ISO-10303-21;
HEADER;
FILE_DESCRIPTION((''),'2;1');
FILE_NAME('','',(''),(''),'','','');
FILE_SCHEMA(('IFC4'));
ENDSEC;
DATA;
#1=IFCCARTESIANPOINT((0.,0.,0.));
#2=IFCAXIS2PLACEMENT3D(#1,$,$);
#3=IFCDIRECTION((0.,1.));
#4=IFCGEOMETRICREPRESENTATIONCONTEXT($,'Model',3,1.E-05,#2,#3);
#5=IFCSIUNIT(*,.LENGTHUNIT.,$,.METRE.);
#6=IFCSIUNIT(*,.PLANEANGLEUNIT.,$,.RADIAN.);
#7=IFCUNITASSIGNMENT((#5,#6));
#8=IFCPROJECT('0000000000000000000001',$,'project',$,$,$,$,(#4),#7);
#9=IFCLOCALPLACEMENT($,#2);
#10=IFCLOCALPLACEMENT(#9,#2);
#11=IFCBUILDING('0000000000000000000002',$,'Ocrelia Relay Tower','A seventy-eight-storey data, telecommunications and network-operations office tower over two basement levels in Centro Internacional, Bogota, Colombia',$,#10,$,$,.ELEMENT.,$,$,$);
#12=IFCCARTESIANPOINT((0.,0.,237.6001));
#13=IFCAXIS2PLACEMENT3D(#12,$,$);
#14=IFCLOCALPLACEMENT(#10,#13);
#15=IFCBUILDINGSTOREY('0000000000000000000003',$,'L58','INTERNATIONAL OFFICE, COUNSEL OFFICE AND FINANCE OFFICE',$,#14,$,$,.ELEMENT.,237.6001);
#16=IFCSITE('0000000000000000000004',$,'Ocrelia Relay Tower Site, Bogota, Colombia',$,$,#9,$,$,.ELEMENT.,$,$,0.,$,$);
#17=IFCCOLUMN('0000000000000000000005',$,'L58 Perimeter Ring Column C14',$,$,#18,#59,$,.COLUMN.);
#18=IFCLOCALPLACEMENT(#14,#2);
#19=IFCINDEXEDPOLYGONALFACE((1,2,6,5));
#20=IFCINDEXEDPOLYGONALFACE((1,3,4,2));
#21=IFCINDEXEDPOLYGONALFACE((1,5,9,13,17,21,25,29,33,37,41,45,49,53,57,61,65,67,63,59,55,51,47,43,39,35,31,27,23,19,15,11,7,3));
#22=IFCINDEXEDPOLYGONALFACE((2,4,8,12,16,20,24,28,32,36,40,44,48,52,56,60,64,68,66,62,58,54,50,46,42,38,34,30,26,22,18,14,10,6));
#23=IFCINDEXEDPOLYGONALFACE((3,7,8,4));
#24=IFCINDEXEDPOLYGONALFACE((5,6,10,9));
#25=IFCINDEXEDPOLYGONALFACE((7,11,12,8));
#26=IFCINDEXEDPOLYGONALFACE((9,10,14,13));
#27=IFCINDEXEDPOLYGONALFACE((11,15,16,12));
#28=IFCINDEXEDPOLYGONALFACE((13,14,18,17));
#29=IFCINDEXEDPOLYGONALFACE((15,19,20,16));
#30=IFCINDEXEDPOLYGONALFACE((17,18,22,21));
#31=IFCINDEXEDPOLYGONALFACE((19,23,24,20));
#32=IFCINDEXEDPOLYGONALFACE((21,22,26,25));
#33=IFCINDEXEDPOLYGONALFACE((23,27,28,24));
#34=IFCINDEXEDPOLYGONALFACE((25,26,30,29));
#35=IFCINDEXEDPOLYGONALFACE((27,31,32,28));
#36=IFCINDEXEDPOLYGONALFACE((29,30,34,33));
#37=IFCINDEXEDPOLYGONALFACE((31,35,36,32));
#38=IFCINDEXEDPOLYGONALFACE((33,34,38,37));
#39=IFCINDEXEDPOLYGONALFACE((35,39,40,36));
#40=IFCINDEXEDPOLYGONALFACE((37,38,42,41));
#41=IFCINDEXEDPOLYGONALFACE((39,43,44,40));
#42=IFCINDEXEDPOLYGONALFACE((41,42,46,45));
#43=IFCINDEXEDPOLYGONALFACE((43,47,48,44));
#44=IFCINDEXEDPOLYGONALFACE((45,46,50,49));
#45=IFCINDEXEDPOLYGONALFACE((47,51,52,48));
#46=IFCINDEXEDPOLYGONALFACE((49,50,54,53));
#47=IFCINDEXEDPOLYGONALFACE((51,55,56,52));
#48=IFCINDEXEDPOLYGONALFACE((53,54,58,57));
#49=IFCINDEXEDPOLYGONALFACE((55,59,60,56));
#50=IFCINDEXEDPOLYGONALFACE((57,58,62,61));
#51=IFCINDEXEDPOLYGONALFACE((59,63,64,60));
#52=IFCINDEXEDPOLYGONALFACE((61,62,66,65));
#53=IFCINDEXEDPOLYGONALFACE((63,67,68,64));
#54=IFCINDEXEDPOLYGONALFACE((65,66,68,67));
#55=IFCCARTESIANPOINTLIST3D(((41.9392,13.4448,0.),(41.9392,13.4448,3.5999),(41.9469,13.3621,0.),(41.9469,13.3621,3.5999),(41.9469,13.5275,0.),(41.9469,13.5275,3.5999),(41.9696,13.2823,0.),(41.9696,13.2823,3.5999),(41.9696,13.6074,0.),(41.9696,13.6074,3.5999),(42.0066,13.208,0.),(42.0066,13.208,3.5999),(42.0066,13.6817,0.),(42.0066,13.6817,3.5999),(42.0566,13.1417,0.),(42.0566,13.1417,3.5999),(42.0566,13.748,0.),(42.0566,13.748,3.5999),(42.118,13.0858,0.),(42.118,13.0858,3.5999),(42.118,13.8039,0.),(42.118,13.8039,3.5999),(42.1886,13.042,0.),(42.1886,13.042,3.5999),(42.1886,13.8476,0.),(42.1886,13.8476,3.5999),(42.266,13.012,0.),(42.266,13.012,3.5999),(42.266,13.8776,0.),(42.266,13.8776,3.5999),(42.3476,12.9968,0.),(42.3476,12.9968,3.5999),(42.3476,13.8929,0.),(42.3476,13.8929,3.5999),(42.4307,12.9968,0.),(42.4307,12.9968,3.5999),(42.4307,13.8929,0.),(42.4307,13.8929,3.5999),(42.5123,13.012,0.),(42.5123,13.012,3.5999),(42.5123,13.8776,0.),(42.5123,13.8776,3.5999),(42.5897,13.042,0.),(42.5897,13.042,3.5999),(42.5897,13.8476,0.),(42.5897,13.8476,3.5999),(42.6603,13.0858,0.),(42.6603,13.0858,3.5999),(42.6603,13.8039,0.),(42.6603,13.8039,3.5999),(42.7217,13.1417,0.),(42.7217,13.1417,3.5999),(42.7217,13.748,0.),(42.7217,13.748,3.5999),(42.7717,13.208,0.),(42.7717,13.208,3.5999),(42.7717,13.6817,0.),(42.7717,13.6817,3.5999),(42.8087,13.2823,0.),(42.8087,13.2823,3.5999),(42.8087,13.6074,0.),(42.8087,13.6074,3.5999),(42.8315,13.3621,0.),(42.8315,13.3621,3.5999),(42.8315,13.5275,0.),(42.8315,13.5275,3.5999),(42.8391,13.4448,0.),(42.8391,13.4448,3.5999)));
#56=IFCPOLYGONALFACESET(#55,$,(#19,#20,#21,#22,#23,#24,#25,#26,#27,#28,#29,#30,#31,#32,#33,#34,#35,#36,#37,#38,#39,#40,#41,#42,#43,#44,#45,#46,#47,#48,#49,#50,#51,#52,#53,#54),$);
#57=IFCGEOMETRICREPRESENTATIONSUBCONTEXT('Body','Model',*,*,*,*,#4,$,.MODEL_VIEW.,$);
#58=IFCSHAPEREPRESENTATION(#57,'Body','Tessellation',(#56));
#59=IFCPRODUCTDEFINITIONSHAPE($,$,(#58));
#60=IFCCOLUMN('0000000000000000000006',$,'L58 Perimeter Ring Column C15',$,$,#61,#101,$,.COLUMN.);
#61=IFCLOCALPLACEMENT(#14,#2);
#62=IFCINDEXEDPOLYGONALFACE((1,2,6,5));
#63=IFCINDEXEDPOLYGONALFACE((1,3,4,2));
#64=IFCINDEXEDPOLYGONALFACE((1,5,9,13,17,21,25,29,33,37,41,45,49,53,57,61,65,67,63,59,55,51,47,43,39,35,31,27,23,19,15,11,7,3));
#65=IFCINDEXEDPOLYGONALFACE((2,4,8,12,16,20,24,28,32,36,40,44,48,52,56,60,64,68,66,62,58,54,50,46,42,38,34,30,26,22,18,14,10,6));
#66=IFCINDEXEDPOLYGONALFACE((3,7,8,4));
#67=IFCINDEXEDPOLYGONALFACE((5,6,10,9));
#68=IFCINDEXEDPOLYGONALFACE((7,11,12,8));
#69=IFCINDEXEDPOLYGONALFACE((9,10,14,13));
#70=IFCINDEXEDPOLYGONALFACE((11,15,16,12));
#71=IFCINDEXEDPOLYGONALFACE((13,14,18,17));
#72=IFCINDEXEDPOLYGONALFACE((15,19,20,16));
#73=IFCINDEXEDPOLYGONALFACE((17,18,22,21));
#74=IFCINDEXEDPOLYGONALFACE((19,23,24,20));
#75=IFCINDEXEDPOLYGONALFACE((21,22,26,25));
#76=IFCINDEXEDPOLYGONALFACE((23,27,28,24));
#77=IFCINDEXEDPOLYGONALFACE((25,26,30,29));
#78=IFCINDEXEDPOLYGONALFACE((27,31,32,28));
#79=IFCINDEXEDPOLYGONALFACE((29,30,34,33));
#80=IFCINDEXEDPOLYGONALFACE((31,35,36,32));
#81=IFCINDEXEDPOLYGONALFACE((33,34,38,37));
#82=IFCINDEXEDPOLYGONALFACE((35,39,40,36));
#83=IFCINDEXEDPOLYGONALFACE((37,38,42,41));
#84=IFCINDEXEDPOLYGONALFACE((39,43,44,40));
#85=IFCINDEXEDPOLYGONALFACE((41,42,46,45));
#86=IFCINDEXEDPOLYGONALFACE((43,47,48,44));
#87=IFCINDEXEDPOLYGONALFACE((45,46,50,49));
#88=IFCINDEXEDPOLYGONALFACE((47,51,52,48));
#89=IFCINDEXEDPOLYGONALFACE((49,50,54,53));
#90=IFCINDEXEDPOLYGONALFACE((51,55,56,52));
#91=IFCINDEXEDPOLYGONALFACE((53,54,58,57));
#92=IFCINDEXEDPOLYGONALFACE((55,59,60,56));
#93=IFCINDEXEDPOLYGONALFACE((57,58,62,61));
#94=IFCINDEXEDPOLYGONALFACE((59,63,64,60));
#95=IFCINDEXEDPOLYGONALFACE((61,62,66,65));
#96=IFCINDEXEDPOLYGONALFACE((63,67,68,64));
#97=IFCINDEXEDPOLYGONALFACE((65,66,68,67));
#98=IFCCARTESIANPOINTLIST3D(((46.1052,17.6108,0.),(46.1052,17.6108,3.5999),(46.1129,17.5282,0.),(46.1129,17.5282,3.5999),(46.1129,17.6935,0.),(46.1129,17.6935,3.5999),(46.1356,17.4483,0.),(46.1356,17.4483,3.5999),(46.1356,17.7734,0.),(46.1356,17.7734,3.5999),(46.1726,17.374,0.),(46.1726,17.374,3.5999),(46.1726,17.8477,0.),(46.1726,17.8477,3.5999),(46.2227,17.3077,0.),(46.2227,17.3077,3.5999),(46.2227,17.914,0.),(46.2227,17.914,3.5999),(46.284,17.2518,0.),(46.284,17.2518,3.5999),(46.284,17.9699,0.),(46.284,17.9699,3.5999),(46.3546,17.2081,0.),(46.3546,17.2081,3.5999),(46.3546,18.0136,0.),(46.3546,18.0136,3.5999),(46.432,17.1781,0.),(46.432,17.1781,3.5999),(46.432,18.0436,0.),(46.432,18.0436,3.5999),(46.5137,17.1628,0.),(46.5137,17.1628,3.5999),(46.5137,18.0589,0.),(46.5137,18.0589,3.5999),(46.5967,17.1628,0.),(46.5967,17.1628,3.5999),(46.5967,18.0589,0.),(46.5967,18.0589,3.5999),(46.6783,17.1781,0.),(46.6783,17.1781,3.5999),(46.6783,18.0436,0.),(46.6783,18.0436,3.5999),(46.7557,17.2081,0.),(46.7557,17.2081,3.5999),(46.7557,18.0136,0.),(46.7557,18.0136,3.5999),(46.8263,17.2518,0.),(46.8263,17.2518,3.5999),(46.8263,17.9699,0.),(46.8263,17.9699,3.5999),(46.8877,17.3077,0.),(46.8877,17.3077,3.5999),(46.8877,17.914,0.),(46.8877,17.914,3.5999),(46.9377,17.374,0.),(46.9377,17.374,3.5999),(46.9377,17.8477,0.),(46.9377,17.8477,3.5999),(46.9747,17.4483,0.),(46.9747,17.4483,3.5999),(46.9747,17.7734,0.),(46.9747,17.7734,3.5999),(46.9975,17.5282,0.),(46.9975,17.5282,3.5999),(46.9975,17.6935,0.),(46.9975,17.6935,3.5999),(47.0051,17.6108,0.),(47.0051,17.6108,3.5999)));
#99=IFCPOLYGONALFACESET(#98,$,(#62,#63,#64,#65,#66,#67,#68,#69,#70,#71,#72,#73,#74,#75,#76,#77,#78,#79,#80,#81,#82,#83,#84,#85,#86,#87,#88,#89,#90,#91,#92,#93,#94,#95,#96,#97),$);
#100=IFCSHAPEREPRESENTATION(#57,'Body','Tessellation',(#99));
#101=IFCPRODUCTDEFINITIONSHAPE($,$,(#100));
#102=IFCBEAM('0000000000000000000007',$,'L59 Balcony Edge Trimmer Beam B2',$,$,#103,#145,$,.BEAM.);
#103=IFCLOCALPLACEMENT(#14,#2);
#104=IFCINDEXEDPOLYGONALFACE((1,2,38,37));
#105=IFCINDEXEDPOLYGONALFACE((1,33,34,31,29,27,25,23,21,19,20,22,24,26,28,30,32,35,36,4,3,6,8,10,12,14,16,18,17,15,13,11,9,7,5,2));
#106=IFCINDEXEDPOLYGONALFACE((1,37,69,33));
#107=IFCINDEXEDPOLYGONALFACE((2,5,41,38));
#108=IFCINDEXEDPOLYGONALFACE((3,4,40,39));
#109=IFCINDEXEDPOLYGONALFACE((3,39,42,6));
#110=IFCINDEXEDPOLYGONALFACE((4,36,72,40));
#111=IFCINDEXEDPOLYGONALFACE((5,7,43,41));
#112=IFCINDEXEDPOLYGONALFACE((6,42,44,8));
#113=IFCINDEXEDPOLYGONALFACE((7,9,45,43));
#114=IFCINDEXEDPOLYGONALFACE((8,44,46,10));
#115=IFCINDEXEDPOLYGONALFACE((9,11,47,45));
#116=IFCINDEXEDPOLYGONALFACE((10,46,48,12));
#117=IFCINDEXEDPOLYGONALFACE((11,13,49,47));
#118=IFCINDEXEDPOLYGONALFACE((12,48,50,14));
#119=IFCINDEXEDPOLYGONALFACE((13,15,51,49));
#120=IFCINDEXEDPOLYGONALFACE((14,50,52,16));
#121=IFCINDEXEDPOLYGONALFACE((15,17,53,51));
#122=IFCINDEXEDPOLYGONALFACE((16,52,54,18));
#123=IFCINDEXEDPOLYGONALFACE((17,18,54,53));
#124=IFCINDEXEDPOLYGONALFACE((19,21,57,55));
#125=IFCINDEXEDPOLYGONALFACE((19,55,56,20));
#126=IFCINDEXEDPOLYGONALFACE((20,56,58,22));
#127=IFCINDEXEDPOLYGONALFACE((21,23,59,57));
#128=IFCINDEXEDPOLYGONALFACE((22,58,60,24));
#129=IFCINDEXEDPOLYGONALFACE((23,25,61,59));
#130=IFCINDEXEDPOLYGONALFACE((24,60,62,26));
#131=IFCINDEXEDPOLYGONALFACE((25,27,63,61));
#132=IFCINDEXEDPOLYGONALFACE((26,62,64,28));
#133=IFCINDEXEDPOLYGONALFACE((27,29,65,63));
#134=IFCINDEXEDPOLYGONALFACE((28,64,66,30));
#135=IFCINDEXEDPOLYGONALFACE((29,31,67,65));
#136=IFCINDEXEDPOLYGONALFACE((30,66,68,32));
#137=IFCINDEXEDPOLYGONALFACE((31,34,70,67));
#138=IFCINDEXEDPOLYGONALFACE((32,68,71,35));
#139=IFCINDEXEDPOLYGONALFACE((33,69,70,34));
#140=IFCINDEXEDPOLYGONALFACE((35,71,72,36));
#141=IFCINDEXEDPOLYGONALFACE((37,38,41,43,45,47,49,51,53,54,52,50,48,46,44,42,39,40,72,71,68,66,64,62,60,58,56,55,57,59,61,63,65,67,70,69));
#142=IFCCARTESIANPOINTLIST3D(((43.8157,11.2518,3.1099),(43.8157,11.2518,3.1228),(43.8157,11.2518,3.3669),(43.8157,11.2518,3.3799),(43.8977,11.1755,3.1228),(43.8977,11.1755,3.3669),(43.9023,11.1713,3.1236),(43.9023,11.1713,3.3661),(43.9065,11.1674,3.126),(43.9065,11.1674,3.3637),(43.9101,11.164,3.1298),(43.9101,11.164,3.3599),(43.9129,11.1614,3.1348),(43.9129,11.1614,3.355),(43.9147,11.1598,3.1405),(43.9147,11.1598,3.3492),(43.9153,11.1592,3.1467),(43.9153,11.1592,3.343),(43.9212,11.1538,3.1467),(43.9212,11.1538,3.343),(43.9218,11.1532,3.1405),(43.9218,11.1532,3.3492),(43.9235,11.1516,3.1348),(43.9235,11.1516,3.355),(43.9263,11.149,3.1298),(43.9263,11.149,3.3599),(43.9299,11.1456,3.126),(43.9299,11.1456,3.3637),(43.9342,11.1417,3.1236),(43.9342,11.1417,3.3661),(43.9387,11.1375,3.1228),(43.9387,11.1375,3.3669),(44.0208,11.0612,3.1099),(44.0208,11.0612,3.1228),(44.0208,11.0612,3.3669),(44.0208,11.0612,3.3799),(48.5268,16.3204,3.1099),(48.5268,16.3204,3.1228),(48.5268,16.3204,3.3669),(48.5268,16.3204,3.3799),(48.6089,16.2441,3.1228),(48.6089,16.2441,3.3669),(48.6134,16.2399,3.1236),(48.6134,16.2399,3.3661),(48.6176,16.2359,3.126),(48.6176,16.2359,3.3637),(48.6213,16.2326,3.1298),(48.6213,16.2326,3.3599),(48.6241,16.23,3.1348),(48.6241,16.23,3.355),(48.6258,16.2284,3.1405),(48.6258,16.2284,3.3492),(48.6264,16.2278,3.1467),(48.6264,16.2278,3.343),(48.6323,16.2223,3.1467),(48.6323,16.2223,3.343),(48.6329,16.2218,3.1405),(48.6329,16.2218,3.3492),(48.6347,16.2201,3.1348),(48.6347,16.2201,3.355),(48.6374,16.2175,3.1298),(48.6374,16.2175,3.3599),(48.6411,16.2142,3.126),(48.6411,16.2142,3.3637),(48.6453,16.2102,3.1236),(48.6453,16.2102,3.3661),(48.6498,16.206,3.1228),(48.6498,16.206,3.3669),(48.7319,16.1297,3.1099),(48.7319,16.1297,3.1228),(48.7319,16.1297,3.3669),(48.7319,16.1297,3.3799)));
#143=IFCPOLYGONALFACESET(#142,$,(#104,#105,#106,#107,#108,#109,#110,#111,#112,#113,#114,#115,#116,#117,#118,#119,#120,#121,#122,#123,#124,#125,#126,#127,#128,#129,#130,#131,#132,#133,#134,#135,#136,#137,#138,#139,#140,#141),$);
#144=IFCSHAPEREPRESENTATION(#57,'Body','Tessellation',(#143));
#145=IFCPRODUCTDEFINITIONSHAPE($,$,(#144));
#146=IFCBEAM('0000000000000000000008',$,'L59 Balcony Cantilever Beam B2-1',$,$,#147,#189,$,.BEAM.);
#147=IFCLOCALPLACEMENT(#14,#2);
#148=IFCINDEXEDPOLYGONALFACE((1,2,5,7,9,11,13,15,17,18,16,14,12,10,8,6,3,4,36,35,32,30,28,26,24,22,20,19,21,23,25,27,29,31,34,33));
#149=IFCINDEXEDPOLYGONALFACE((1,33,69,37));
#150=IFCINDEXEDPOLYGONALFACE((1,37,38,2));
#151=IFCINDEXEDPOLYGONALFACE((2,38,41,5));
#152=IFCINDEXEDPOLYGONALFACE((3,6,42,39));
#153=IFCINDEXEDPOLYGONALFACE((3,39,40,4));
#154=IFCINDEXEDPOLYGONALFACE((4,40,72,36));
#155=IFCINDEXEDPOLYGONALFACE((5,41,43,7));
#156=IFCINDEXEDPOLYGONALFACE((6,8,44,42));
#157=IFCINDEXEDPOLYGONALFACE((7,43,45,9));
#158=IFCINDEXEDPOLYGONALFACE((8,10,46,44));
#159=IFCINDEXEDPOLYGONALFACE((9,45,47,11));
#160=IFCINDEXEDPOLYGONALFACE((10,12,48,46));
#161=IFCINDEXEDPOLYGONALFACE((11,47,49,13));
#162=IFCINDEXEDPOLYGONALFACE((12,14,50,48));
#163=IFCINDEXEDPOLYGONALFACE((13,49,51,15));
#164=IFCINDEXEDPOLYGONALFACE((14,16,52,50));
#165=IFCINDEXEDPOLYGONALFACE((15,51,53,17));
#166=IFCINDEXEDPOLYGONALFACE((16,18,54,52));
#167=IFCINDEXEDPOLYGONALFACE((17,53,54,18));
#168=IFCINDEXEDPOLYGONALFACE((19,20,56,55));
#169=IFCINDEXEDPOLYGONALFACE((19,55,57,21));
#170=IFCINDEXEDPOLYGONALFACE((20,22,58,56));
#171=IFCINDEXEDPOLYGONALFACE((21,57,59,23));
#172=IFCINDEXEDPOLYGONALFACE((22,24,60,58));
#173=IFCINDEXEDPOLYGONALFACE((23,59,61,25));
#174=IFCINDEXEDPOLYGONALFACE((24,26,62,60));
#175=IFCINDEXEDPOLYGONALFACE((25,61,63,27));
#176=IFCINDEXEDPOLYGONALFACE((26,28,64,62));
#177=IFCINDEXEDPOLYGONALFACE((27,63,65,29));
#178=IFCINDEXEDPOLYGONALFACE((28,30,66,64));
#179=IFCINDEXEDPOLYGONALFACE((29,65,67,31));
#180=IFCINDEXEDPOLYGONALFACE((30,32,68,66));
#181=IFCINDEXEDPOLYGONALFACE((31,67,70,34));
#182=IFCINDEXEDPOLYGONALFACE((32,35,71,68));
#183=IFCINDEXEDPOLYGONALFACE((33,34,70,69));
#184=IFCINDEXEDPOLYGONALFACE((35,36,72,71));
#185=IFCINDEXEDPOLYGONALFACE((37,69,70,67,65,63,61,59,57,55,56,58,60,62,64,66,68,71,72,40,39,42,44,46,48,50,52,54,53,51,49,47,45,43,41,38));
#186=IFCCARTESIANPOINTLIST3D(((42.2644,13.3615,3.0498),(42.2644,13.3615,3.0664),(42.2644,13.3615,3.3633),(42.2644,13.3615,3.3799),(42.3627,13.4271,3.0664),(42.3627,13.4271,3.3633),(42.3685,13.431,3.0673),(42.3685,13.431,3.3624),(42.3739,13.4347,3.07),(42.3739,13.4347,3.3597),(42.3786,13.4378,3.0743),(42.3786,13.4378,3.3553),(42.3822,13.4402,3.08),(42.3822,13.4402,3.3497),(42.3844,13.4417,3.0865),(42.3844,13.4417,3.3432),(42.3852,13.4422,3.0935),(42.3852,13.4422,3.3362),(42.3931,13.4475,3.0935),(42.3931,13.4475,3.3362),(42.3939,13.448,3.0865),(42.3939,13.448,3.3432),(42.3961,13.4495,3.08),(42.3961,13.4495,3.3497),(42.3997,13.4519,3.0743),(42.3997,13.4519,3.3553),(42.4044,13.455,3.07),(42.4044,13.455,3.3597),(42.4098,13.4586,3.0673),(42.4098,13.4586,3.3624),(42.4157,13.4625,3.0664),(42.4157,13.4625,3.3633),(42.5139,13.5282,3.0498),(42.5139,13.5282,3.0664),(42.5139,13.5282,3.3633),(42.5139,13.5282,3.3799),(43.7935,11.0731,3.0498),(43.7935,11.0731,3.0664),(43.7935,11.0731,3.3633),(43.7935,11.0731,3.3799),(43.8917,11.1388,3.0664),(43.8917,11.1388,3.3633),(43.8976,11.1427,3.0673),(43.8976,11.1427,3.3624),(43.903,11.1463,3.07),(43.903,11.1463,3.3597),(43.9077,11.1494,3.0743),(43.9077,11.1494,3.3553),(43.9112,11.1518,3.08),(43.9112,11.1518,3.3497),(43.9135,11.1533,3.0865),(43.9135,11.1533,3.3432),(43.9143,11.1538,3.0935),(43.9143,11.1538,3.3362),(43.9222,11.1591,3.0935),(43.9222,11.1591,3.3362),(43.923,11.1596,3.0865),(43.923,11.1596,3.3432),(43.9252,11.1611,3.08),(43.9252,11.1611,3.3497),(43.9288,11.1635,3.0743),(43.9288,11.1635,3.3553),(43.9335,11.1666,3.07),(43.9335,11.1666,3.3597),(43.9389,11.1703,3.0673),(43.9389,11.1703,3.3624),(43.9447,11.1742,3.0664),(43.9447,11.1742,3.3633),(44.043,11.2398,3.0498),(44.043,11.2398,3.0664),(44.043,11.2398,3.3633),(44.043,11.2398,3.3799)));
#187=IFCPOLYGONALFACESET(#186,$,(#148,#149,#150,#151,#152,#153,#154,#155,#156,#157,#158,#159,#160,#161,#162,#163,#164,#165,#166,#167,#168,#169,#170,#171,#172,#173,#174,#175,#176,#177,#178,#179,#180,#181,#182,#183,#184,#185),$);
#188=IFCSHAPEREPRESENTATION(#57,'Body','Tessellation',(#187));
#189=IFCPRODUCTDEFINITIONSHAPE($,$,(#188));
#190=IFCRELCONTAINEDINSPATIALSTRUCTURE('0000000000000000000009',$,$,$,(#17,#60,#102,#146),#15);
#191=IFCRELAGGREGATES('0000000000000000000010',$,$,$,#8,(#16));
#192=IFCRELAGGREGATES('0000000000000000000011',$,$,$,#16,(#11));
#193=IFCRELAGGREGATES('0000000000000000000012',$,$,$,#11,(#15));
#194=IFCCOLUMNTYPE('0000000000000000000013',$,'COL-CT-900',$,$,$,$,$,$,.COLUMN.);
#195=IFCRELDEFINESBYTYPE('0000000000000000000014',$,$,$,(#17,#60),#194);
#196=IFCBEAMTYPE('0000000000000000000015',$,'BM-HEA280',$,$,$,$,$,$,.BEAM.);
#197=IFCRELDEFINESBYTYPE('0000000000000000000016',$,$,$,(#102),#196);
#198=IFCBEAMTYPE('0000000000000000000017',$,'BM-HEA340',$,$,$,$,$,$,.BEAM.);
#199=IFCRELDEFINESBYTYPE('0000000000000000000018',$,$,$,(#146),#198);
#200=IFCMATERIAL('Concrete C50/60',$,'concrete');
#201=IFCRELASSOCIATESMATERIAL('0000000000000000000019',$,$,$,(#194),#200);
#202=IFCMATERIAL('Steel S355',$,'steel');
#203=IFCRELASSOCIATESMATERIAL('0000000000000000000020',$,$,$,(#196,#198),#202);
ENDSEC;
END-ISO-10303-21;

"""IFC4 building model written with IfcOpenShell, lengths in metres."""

from ifc_helpers import new_model, si_unit, direction, frame, origin, origin_2d, place, context, subcontext, project, spatial, circle, i_section, extrude, material, material_profile, profile_set, type_object, element, save


model = new_model("IFC4")

# Units and contexts
model_context = context("Model", 3, precision=1e-05, world=origin(), true_north=direction((0.0, 1.0)))
body_context = subcontext(model_context, "Body", "Model", "MODEL_VIEW")
ifc_project = project(units=[si_unit("LENGTHUNIT", "METRE"), si_unit("PLANEANGLEUNIT", "RADIAN")], contexts=[model_context])

# Site, building, storey
site_placement = place(None, origin())
site = spatial("IfcSite", under=ifc_project, at=site_placement, Name="Ocrelia Relay Tower Site, Bogota, Colombia", CompositionType="ELEMENT", RefElevation=0.0)
building_placement = place(site_placement, origin())
building = spatial("IfcBuilding", under=site, at=building_placement, Name="Ocrelia Relay Tower", Description="A seventy-eight-storey data, telecommunications and network-operations office tower over two basement levels in Centro Internacional, Bogota, Colombia", CompositionType="ELEMENT")
storey_placement = place(building_placement, frame((0.0, 0.0, 237.6001)))
storey = spatial("IfcBuildingStorey", under=building, at=storey_placement, Name="L58", Description="INTERNATIONAL OFFICE, COUNSEL OFFICE AND FINANCE OFFICE", CompositionType="ELEMENT", Elevation=237.6001)

# Columns
ifc_material_1 = material(Name="Concrete C50/60", Category="concrete")
ifc_material_profile_1 = material_profile(ifc_material_1, circle(Radius=0.45, at=origin_2d()), Name="RC-CIR-900")
ifc_profile_set_1 = profile_set([ifc_material_profile_1], Name="Concrete C50/60")
column_type = type_object("IfcColumnType", Name="COL-CT-900", PredefinedType="COLUMN", material=ifc_profile_set_1)
for number, where, z_axis, x_axis, name in (
    (1, (42.3892, 13.4448, 0.0), (0.0, 0.0, 1.0), (1.0, 0.0, 0.0), "L58 Perimeter Ring Column C14"),
    (2, (46.5552, 17.6108, 0.0), (0.0, 0.0, 1.0), (1.0, 0.0, 0.0), "L58 Perimeter Ring Column C15"),
):
    element("IfcColumn", number, at=place(storey_placement, frame(where, z_axis=z_axis, x_axis=x_axis)), inside=storey, type_object=column_type, Name=name, PredefinedType="COLUMN", context=body_context, shape_type="SweptSolid", body=[
        extrude(circle(Radius=0.45, at=origin_2d()), origin(), (0.0, 0.0, 1.0), 3.5999),
    ])

# Beams
ifc_material_2 = material(Name="Steel S355", Category="steel")
ifc_material_profile_2 = material_profile(ifc_material_2, i_section(OverallWidth=0.28, OverallDepth=0.27, WebThickness=0.0081, FlangeThickness=0.0129, FilletRadius=0.0239, at=origin_2d()), Name="HEA 280")
ifc_profile_set_2 = profile_set([ifc_material_profile_2], Name="Steel S355")
beam_type_1 = type_object("IfcBeamType", Name="BM-HEA280", PredefinedType="BEAM", material=ifc_profile_set_2)
beam_1_placement = place(storey_placement, frame((43.9182, 11.1565, 3.2449), z_axis=(0.68081, 0.73246, 0.0), x_axis=(-0.73246, 0.68081, 0.0)))
element("IfcBeam", 3, at=beam_1_placement, inside=storey, type_object=beam_type_1, Name="L59 Balcony Edge Trimmer Beam B2", PredefinedType="BEAM", context=body_context, shape_type="SweptSolid", body=[
    extrude(i_section(OverallWidth=0.28, OverallDepth=0.27, WebThickness=0.0081, FlangeThickness=0.0129, FilletRadius=0.0239, at=origin_2d()), origin(), (0.0, 0.0, 1.0), 6.9199),
])
ifc_material_profile_3 = material_profile(ifc_material_2, i_section(OverallWidth=0.3, OverallDepth=0.3301, WebThickness=0.0095, FlangeThickness=0.0166, FilletRadius=0.0271, at=origin_2d()), Name="HEA 340")
ifc_profile_set_3 = profile_set([ifc_material_profile_3], Name="Steel S355")
beam_type_2 = type_object("IfcBeamType", Name="BM-HEA340", PredefinedType="BEAM", material=ifc_profile_set_3)
beam_2_placement = place(storey_placement, frame((42.3892, 13.4448, 3.2148), z_axis=(0.55558, -0.831463, 0.0), x_axis=(0.831463, 0.55558, 0.0)))
element("IfcBeam", 4, at=beam_2_placement, inside=storey, type_object=beam_type_2, Name="L59 Balcony Cantilever Beam B2-1", PredefinedType="BEAM", context=body_context, shape_type="SweptSolid", body=[
    extrude(i_section(OverallWidth=0.3, OverallDepth=0.3301, WebThickness=0.0095, FlangeThickness=0.0166, FilletRadius=0.0271, at=origin_2d()), origin(), (0.0, 0.0, 1.0), 2.7522),
])

save(model, "model.ifc")
